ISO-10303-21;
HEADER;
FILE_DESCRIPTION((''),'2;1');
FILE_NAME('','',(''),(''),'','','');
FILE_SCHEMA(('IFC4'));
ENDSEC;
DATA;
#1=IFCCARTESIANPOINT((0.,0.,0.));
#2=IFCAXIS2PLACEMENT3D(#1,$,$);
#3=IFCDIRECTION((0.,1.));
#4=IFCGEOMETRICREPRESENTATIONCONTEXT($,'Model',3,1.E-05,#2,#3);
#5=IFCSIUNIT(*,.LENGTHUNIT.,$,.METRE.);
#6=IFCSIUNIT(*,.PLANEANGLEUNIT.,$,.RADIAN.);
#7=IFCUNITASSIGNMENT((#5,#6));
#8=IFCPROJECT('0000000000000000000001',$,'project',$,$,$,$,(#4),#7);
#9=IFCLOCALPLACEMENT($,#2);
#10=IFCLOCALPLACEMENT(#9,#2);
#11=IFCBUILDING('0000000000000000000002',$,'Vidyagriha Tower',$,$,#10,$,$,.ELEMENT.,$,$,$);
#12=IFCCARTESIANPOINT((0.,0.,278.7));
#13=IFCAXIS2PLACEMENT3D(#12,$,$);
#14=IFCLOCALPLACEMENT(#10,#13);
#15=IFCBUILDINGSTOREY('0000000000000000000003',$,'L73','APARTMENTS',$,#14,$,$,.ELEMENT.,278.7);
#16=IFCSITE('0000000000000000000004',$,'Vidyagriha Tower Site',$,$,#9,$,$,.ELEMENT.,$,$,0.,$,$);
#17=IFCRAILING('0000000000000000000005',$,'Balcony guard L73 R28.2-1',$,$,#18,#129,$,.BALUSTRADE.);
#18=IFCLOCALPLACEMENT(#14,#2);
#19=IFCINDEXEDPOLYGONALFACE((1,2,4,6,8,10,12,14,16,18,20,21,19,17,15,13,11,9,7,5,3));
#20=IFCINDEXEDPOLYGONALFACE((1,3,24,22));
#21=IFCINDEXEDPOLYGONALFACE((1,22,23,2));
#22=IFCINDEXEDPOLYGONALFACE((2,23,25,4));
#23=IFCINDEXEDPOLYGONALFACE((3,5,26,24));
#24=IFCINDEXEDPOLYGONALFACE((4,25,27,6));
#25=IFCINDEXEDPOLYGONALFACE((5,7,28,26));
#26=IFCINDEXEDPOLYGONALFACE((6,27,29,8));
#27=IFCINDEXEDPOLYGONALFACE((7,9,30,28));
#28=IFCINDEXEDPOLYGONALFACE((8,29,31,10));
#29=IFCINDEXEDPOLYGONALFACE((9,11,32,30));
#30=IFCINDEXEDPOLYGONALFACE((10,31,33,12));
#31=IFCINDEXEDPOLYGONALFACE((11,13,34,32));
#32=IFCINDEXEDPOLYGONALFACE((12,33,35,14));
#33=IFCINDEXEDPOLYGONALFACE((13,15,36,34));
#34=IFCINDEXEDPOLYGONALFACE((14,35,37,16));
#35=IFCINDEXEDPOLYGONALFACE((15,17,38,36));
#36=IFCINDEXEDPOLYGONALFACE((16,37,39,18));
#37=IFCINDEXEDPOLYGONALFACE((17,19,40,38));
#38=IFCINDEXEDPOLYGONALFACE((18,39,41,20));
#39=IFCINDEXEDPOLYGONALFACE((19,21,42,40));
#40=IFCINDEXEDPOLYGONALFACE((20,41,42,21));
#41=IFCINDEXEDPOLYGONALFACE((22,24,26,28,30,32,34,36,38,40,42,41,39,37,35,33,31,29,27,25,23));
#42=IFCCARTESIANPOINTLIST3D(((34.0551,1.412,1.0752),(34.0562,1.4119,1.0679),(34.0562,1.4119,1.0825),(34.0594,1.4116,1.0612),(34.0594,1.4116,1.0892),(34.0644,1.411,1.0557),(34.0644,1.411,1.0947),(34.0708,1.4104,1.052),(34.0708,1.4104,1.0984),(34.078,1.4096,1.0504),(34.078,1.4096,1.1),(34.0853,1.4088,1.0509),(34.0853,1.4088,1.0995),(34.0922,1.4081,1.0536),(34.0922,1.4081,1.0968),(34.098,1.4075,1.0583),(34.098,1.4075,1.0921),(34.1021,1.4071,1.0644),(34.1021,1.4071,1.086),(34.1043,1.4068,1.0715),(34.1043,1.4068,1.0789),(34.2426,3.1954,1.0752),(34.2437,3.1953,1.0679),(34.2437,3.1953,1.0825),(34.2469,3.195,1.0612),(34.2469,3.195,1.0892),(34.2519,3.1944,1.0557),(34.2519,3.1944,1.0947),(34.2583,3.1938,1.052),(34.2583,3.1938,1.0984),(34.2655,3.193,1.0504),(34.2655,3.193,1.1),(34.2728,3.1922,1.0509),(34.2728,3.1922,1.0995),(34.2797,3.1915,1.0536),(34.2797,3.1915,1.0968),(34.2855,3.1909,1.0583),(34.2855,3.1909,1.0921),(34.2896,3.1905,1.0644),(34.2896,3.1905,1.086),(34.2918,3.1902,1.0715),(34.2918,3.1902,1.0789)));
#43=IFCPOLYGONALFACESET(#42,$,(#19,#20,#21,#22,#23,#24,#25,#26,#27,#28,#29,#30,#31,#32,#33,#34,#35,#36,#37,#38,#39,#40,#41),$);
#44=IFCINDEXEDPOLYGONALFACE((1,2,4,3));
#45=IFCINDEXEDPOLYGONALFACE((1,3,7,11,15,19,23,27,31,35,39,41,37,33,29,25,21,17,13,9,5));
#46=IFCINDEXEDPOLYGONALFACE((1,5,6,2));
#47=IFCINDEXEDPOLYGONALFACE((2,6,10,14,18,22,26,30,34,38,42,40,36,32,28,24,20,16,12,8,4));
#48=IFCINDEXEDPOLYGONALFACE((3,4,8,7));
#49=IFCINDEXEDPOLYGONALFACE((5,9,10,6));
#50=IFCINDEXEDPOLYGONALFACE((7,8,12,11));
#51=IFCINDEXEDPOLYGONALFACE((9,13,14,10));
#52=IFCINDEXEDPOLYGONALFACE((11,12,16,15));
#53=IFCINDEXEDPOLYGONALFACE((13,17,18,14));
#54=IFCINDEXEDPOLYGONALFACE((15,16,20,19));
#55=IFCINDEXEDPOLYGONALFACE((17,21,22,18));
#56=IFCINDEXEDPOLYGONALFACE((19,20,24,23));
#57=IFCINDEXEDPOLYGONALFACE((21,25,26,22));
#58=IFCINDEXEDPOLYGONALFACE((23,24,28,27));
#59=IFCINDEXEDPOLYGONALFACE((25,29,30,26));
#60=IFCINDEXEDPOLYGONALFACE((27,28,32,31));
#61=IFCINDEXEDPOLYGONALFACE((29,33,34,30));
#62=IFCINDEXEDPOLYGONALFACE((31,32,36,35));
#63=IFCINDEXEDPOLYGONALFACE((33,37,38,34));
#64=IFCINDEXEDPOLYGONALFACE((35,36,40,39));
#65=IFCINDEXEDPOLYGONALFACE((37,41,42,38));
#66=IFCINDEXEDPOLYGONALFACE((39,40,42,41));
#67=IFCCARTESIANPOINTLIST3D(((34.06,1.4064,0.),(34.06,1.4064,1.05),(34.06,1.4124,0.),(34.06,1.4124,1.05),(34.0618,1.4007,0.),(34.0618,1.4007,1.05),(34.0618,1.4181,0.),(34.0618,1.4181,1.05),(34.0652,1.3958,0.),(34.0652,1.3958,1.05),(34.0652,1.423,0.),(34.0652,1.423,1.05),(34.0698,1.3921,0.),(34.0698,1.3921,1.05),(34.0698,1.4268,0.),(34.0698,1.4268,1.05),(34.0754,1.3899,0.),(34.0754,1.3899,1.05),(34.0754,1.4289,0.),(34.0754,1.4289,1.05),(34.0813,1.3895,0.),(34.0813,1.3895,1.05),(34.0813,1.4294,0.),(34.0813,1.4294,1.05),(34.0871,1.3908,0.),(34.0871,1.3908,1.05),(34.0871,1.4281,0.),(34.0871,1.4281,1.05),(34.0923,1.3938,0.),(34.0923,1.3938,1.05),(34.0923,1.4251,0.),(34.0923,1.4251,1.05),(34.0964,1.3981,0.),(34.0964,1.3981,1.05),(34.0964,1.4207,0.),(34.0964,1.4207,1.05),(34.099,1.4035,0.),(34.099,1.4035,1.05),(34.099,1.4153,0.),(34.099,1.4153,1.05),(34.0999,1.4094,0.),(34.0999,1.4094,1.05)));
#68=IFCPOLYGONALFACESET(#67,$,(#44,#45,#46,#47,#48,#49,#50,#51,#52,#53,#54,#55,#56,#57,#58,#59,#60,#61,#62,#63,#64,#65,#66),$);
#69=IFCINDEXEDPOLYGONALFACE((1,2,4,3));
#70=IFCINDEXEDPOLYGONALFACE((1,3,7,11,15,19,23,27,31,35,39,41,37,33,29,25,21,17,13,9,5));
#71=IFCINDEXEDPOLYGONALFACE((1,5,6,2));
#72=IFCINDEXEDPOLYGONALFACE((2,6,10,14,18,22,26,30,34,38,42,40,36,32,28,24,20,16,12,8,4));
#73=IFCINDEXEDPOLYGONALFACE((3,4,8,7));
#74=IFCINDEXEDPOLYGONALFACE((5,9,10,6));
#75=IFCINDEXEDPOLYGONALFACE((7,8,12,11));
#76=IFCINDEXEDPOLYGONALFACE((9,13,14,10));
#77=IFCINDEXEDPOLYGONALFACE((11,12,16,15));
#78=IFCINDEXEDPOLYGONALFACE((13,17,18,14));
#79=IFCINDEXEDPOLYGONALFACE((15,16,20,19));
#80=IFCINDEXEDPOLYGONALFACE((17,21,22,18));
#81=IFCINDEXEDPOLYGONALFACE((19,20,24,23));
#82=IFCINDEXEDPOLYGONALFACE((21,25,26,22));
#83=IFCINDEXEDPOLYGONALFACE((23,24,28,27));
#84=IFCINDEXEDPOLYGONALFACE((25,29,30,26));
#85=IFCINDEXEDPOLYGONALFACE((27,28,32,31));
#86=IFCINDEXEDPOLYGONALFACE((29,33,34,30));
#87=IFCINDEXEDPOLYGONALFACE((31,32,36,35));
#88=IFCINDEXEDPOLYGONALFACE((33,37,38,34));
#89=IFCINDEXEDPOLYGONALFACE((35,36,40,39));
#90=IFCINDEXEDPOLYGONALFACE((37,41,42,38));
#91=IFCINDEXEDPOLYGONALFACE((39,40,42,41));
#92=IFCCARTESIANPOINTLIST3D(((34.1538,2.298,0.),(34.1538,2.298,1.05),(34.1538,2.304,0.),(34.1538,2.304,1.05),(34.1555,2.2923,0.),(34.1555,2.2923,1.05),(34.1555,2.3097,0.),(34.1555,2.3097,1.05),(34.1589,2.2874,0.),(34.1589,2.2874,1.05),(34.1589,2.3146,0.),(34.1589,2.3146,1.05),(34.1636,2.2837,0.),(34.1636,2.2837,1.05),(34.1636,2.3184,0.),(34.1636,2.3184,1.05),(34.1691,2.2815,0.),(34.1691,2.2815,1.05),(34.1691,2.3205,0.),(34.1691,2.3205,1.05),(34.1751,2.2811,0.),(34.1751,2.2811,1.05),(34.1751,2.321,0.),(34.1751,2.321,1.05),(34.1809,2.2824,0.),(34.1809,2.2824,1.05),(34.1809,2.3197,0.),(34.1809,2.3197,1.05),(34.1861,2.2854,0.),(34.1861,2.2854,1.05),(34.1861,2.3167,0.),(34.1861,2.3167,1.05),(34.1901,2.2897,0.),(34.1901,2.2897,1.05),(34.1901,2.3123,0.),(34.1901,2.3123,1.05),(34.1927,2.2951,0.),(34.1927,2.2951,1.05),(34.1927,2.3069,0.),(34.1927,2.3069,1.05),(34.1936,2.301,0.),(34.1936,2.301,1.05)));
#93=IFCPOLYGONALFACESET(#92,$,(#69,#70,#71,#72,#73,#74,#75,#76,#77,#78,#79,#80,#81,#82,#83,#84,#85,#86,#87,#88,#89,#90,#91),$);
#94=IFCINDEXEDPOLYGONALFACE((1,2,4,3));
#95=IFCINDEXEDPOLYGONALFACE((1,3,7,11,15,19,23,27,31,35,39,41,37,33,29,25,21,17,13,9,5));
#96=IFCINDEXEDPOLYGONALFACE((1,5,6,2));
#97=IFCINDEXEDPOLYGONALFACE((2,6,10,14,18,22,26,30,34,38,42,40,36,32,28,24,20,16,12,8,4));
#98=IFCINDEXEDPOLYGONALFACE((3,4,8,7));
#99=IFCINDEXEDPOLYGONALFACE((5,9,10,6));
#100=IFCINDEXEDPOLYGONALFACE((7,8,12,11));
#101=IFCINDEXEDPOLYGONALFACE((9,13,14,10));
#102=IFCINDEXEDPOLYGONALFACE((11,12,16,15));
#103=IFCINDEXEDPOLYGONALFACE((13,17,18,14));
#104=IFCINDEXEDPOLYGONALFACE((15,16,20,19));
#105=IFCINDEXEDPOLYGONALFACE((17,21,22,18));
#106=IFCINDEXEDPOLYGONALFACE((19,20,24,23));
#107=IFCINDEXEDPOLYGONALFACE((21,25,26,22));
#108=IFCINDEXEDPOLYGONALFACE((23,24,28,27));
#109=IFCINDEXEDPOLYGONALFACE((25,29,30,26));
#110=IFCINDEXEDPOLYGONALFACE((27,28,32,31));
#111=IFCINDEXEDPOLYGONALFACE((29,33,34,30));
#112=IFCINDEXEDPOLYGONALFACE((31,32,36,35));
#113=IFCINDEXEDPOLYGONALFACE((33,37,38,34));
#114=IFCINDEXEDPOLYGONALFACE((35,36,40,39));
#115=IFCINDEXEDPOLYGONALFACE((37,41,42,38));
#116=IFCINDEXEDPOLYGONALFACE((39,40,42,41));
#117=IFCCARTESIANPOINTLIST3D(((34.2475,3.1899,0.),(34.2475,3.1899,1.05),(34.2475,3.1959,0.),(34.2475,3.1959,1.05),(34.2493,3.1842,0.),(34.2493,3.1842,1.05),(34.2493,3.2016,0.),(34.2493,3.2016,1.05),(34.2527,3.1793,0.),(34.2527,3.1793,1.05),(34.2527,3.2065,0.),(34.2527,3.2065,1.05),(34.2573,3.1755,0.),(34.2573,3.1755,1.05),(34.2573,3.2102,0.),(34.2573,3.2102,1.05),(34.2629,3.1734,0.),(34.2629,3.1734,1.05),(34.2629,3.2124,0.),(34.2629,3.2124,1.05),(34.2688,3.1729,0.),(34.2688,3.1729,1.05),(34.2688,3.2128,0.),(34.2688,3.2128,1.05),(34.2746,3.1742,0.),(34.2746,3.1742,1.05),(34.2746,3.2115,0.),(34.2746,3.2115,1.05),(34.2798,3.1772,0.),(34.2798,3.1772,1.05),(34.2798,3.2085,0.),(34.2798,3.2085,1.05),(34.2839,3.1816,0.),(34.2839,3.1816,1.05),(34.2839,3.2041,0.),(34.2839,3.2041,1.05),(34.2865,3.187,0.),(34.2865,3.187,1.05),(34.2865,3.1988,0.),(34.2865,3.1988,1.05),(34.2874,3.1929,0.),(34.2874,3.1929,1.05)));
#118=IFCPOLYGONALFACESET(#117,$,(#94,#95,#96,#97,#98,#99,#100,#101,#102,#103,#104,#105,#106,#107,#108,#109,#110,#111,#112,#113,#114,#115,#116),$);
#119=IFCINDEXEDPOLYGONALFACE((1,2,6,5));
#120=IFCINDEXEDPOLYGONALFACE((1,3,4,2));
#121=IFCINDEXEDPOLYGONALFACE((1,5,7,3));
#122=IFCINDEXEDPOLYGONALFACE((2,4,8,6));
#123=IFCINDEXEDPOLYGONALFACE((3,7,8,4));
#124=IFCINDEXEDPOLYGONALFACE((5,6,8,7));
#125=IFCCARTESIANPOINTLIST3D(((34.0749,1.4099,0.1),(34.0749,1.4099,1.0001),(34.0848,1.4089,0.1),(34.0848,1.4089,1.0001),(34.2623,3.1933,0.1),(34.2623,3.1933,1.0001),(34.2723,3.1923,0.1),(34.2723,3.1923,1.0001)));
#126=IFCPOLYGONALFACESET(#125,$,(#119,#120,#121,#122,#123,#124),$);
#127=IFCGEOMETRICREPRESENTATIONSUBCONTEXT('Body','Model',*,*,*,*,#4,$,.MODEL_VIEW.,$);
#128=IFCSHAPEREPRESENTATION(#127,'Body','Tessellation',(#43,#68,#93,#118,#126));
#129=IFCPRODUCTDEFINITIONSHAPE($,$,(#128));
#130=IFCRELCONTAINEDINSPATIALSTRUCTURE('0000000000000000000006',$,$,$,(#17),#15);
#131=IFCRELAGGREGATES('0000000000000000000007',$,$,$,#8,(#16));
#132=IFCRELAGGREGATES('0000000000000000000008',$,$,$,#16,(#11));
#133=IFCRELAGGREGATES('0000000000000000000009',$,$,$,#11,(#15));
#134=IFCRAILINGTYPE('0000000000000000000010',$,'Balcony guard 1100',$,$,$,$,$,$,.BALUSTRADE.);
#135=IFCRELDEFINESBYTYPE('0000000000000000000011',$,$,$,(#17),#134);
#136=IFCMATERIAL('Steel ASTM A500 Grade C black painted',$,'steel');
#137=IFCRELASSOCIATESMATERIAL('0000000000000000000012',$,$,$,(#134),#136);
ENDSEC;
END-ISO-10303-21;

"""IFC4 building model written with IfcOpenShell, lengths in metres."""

from ifc_helpers import new_model, si_unit, direction, frame, origin, origin_2d, place, context, subcontext, project, spatial, rectangle, circle, extrude, material, type_object, element, save


model = new_model("IFC4")

# Units and contexts
model_context = context("Model", 3, precision=1e-05, world=origin(), true_north=direction((0.0, 1.0)))
body_context = subcontext(model_context, "Body", "Model", "MODEL_VIEW")
ifc_project = project(units=[si_unit("LENGTHUNIT", "METRE"), si_unit("PLANEANGLEUNIT", "RADIAN")], contexts=[model_context])

# Site, building, storey
site_placement = place(None, origin())
site = spatial("IfcSite", under=ifc_project, at=site_placement, Name="Vidyagriha Tower Site", CompositionType="ELEMENT", RefElevation=0.0)
building_placement = place(site_placement, origin())
building = spatial("IfcBuilding", under=site, at=building_placement, Name="Vidyagriha Tower", CompositionType="ELEMENT")
storey_placement = place(building_placement, frame((0.0, 0.0, 278.7)))
storey = spatial("IfcBuildingStorey", under=building, at=storey_placement, Name="L73", Description="APARTMENTS", CompositionType="ELEMENT", Elevation=278.7)

# Railing
ifc_material_1 = material(Name="Steel ASTM A500 Grade C black painted", Category="steel")
railing_type_1 = type_object("IfcRailingType", Name="Balcony guard 1100", PredefinedType="BALUSTRADE", material=ifc_material_1)
railing_1_placement = place(storey_placement, frame((34.0798, 1.4094, 0.0)))
element("IfcRailing", 1, at=railing_1_placement, inside=storey, type_object=railing_type_1, Name="Balcony guard L73 R28.2-1", PredefinedType="BALUSTRADE", context=body_context, shape_type="SweptSolid", body=[
    extrude(circle(Radius=0.0249, at=origin_2d()), frame((0.0, 0.0, 1.0752), z_axis=(0.104557, 0.994519, 0.0), x_axis=(-0.994519, 0.104557, 0.0)), (0.0, 0.0, 1.0), 1.7932),
    extrude(circle(Radius=0.02, at=origin_2d()), origin(), (0.0, 0.0, 1.0), 1.05),
    extrude(circle(Radius=0.02, at=origin_2d()), frame((0.0938, 0.8916, 0.0)), (0.0, 0.0, 1.0), 1.05),
    extrude(circle(Radius=0.02, at=origin_2d()), frame((0.1875, 1.7834, 0.0)), (0.0, 0.0, 1.0), 1.05),
    extrude(rectangle(XDim=0.01, YDim=0.9001, at=origin_2d()), frame((0.0, 0.0, 0.55), z_axis=(0.104557, 0.994519, 0.0), x_axis=(-0.994519, 0.104557, 0.0)), (0.0, 0.0, 1.0), 1.7932),
])

save(model, "model.ifc")
